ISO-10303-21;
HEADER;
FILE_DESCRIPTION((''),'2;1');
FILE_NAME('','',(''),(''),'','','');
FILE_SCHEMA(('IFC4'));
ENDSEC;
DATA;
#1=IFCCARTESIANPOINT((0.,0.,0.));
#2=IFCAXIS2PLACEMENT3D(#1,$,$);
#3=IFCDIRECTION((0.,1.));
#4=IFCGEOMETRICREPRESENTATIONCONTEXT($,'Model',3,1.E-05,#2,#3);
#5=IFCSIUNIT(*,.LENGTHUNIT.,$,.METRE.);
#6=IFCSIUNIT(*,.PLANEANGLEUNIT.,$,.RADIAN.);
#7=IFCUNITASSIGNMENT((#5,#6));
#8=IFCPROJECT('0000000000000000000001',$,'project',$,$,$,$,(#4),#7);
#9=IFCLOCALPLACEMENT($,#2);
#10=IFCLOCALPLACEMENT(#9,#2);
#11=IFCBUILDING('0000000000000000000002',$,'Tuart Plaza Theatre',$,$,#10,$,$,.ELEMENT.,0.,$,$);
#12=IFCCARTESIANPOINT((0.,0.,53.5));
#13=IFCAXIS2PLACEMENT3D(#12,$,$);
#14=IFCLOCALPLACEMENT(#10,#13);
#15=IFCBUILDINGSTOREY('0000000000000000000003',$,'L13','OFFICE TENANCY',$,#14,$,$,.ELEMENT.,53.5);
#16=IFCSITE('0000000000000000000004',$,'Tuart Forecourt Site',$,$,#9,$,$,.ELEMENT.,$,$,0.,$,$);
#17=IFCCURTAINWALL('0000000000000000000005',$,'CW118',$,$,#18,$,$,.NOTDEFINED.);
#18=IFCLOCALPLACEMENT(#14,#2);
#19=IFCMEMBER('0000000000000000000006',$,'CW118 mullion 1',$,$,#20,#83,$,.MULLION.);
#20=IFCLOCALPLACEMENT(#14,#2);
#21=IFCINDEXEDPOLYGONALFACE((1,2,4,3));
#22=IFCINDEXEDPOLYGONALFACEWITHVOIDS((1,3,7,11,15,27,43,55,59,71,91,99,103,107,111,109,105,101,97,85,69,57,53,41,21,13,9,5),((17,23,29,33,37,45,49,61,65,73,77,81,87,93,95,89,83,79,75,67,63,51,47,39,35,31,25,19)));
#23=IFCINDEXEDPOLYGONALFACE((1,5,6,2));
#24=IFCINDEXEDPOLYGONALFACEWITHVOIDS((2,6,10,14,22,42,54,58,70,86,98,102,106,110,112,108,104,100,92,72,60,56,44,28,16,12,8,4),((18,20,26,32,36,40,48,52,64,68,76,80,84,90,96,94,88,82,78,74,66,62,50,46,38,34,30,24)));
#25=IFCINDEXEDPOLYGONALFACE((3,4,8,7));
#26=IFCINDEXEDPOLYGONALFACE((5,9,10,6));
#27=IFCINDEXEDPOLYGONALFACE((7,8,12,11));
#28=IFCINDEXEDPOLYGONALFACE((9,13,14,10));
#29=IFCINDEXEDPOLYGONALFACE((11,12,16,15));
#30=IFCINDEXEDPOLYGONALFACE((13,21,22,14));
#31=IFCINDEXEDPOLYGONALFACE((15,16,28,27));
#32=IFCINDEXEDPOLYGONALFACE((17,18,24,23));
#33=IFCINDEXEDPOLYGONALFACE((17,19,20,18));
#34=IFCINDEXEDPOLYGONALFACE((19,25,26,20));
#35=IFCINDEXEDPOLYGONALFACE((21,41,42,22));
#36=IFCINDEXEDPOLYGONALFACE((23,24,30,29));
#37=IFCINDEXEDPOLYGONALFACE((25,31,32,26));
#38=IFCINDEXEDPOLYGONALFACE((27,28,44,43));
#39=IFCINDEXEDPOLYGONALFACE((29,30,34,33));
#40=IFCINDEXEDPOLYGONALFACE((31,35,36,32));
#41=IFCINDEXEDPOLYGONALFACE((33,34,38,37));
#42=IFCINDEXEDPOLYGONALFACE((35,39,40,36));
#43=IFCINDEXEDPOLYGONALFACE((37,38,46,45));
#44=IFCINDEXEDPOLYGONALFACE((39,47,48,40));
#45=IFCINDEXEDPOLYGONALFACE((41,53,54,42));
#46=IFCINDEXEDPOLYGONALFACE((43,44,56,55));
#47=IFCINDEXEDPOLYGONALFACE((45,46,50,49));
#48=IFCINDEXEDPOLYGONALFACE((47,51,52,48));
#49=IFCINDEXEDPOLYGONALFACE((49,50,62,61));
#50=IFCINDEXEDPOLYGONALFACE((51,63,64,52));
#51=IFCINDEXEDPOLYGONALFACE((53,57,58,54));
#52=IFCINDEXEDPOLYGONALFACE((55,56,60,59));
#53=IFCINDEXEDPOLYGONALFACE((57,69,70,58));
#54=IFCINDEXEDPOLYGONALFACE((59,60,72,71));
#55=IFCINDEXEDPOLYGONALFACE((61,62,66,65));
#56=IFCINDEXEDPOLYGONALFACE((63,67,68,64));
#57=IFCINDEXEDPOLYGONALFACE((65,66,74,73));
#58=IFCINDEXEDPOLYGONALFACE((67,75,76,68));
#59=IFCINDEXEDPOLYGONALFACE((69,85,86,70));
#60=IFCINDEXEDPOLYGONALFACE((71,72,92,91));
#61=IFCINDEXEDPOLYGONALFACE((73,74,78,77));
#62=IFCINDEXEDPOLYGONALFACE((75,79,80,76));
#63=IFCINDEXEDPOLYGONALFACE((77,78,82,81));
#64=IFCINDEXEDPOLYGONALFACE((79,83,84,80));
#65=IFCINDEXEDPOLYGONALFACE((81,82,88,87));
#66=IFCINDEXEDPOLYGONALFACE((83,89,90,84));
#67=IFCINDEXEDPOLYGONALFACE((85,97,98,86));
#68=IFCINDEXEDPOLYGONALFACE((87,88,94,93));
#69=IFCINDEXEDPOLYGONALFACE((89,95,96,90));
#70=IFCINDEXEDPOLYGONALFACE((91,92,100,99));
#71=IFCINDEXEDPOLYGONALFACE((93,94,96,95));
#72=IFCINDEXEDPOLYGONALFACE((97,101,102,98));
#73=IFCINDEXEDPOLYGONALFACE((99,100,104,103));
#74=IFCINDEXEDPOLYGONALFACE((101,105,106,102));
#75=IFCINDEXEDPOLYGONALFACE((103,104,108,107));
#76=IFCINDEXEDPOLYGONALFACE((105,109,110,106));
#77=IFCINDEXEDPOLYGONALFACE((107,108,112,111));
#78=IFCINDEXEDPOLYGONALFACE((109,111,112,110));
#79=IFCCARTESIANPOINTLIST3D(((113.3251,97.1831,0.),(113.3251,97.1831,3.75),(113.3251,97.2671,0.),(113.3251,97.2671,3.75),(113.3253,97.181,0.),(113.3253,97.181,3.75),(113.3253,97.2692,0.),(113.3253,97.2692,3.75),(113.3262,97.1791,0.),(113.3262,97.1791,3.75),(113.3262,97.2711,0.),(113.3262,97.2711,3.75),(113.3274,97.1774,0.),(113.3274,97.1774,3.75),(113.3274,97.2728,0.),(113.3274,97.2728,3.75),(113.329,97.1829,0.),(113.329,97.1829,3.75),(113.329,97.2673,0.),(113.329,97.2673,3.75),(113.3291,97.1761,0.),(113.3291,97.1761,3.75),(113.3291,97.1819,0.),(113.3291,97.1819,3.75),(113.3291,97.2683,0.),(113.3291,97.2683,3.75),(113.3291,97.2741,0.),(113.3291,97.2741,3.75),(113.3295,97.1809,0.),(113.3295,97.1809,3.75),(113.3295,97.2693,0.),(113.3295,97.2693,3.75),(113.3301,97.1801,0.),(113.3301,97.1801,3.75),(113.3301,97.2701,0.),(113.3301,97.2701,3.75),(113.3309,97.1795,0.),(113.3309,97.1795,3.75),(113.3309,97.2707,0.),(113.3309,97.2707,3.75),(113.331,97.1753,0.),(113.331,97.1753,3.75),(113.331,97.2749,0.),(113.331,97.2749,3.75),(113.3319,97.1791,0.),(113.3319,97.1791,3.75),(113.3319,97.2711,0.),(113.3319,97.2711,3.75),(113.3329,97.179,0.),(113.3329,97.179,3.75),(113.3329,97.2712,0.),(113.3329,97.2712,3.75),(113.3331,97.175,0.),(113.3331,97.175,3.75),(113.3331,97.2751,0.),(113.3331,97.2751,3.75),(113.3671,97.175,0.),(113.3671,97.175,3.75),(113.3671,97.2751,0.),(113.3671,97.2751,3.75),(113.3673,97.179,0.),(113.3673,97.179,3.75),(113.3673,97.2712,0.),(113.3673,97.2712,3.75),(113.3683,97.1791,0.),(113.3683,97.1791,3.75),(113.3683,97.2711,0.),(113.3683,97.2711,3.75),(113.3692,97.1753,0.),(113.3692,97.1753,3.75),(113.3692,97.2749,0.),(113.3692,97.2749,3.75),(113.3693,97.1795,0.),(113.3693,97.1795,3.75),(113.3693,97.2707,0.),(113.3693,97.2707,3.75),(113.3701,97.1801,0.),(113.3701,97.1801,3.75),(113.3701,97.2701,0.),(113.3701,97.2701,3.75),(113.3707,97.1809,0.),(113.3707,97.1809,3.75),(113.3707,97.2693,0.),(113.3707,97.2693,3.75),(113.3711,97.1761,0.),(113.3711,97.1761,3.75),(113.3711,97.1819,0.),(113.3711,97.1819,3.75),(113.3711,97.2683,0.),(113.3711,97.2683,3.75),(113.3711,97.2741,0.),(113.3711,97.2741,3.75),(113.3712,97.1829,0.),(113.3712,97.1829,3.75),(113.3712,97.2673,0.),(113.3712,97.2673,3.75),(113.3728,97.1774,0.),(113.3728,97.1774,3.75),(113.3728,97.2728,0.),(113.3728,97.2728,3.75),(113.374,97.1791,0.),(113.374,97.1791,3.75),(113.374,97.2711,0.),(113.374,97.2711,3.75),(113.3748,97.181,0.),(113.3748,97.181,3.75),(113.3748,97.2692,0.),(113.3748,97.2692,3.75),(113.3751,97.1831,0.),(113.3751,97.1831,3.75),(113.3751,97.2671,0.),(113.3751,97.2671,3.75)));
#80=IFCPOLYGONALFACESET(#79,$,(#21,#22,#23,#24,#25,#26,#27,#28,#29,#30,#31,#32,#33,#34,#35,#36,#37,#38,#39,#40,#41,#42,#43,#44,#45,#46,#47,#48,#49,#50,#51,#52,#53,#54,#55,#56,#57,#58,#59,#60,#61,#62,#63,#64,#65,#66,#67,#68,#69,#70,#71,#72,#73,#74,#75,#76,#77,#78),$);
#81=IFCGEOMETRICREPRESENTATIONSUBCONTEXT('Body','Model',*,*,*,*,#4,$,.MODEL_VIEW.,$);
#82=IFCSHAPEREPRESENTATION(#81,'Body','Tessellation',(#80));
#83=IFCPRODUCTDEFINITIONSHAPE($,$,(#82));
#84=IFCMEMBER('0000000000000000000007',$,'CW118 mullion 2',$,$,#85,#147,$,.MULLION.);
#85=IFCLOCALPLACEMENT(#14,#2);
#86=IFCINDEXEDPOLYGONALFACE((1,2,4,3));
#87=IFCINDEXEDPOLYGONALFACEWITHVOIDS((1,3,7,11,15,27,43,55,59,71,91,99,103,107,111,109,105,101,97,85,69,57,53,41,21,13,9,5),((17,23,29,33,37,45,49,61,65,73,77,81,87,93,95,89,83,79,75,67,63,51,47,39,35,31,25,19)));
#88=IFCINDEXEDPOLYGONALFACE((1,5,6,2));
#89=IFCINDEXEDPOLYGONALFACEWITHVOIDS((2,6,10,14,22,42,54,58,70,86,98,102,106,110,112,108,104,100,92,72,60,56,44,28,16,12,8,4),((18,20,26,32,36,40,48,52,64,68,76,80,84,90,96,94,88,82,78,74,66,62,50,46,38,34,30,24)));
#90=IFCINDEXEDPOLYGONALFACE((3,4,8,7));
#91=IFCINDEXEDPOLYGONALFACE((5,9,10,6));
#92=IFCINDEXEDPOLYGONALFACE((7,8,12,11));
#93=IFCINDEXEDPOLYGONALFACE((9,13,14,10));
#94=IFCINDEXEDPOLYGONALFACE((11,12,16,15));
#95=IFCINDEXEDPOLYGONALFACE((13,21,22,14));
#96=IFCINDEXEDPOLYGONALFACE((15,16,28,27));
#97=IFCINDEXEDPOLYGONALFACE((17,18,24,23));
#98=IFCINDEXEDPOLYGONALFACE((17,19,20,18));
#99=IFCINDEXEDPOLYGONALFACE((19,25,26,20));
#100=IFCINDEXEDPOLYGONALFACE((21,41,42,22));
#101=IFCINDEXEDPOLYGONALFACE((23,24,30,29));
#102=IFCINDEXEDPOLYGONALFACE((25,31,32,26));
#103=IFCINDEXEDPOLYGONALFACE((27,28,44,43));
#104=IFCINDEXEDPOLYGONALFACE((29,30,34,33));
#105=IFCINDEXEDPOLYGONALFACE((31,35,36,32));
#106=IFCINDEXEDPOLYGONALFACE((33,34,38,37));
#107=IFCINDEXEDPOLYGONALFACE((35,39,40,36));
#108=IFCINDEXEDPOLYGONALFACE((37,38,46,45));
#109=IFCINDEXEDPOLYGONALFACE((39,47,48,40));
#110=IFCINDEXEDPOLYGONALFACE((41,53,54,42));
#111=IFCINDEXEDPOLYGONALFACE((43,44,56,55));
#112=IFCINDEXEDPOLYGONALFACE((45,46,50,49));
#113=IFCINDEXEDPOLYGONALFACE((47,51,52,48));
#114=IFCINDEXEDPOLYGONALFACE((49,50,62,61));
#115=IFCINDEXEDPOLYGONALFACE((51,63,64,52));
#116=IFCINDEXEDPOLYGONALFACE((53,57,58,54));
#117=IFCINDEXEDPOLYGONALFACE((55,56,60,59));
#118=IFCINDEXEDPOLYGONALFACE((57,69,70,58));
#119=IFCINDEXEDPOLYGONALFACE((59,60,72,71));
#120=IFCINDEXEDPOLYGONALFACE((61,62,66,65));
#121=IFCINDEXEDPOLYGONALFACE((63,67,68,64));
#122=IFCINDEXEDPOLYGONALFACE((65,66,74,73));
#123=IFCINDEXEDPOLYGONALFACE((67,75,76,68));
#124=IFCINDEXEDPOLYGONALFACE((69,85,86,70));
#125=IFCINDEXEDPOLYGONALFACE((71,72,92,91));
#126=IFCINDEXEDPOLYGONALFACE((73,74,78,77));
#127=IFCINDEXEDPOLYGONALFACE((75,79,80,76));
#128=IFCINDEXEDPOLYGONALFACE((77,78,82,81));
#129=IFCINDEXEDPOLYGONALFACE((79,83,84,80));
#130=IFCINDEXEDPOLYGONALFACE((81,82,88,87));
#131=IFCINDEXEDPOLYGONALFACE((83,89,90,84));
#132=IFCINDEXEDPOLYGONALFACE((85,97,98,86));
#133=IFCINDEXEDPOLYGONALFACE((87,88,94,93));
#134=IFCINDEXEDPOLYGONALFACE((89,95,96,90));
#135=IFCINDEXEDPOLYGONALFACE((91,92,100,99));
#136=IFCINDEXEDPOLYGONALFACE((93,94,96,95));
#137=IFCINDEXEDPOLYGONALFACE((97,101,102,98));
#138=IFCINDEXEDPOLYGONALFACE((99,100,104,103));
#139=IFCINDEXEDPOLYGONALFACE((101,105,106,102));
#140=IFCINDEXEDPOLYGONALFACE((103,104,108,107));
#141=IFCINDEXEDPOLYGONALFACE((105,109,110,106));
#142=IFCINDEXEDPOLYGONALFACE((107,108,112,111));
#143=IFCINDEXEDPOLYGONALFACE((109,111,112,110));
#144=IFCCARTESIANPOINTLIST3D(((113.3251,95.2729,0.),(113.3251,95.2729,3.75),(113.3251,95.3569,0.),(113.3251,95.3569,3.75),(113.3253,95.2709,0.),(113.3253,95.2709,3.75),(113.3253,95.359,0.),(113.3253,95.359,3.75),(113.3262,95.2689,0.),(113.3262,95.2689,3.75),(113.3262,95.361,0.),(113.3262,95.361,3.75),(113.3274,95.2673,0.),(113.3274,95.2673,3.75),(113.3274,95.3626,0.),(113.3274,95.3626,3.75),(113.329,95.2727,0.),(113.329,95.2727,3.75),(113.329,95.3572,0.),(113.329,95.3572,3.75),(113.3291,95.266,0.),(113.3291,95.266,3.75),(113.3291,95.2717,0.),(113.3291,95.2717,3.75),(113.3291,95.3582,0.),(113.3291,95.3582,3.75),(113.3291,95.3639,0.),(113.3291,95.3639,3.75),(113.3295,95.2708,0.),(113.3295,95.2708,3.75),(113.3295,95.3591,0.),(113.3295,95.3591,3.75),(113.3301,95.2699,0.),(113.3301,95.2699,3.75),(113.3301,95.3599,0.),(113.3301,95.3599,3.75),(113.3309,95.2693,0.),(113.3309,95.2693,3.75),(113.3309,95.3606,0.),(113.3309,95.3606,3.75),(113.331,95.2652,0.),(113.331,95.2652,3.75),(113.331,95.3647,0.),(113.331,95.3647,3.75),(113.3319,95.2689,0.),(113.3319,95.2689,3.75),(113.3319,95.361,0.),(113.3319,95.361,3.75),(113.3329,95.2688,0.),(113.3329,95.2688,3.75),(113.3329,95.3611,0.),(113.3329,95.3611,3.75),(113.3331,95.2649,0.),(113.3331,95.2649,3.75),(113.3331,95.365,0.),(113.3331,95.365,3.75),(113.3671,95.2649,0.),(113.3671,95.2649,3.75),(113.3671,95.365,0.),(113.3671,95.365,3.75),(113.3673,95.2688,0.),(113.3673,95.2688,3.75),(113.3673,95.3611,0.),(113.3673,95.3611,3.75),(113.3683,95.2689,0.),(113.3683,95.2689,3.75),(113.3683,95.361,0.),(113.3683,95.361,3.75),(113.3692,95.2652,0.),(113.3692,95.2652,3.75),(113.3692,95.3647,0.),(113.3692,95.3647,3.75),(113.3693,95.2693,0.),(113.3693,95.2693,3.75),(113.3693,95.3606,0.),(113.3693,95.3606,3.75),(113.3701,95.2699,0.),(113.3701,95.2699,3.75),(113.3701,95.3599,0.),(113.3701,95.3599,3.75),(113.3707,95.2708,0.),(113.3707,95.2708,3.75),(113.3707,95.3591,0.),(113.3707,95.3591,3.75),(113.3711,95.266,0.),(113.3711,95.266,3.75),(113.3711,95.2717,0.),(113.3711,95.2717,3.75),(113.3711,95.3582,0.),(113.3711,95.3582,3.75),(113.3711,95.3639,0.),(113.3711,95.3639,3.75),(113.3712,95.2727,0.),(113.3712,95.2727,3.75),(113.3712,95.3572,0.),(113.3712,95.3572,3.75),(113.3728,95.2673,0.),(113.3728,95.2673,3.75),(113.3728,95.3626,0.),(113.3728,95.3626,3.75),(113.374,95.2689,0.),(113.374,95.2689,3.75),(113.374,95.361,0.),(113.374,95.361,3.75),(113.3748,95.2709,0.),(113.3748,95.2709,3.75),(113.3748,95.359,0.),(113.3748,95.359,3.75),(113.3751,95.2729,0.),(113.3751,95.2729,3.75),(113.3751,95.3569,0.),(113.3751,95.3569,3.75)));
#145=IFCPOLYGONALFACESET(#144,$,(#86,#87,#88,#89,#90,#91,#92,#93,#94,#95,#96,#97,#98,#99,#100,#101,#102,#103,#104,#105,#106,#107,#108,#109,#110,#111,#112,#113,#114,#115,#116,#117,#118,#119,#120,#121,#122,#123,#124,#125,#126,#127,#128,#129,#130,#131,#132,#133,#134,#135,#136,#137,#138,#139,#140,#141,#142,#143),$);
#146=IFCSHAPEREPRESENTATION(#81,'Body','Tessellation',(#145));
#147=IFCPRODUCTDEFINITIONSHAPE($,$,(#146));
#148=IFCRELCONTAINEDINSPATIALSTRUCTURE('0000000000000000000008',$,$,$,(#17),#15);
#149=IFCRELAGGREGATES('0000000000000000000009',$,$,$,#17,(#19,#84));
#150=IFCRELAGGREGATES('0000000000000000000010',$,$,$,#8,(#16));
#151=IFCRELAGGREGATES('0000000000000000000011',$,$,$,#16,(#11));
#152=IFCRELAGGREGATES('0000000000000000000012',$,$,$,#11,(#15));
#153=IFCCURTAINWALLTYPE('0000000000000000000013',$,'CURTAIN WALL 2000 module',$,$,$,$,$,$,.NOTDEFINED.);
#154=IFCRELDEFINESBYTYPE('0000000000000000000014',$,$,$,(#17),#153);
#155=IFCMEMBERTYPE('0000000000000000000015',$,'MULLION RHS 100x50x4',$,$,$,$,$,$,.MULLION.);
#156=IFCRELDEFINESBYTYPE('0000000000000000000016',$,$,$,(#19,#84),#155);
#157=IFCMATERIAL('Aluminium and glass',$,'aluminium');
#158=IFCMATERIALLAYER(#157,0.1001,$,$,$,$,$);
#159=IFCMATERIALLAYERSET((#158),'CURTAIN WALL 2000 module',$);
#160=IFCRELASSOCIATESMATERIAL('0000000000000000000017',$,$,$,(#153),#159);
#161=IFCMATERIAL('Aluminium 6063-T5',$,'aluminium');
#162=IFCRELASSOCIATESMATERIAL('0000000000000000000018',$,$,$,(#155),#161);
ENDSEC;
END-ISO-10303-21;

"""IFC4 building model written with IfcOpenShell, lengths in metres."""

from ifc_helpers import new_model, si_unit, direction, frame, origin, origin_2d, place, context, subcontext, project, spatial, hollow_rectangle, extrude, material, layer, layer_set, material_profile, profile_set, type_object, element, aggregate, save


model = new_model("IFC4")

# Units and contexts
model_context = context("Model", 3, precision=1e-05, world=origin(), true_north=direction((0.0, 1.0)))
body_context = subcontext(model_context, "Body", "Model", "MODEL_VIEW")
ifc_project = project(units=[si_unit("LENGTHUNIT", "METRE"), si_unit("PLANEANGLEUNIT", "RADIAN")], contexts=[model_context])

# Site, building, storey
site_placement = place(None, origin())
site = spatial("IfcSite", under=ifc_project, at=site_placement, Name="Tuart Forecourt Site", CompositionType="ELEMENT", RefElevation=0.0)
building_placement = place(site_placement, origin())
building = spatial("IfcBuilding", under=site, at=building_placement, Name="Tuart Plaza Theatre", CompositionType="ELEMENT", ElevationOfRefHeight=0.0)
storey_placement = place(building_placement, frame((0.0, 0.0, 53.5)))
storey = spatial("IfcBuildingStorey", under=building, at=storey_placement, Name="L13", Description="OFFICE TENANCY", CompositionType="ELEMENT", Elevation=53.5)

# Curtain wall, members
ifc_material_1 = material(Name="Aluminium and glass", Category="aluminium")
ifc_layer_1 = layer(ifc_material_1, 0.1001)
ifc_layer_set_1 = layer_set([ifc_layer_1], Name="CURTAIN WALL 2000 module")
curtain_wall_type = type_object("IfcCurtainWallType", Name="CURTAIN WALL 2000 module", PredefinedType="NOTDEFINED", material=ifc_layer_set_1)
curtain_wall_placement = place(storey_placement, origin())
curtain_wall = element("IfcCurtainWall", 1, at=curtain_wall_placement, inside=storey, type_object=curtain_wall_type, Name="CW118", PredefinedType="NOTDEFINED")
ifc_material_2 = material(Name="Aluminium 6063-T5", Category="aluminium")
ifc_material_profile_1 = material_profile(ifc_material_2, hollow_rectangle(XDim=0.05, YDim=0.1001, WallThickness=0.0039, InnerFilletRadius=0.0039, OuterFilletRadius=0.0081, at=origin_2d()), Name="RHS 100x50x4")
ifc_profile_set_1 = profile_set([ifc_material_profile_1], Name="Aluminium 6063-T5")
member_type_1 = type_object("IfcMemberType", Name="MULLION RHS 100x50x4", PredefinedType="MULLION", material=ifc_profile_set_1)
member_1_placement = place(storey_placement, frame((113.3501, 97.2251, 0.0), z_axis=(0.0, 0.0, 1.0), x_axis=(1.0, 0.0, 0.0)))
member_1 = element("IfcMember", 2, at=member_1_placement, type_object=member_type_1, Name="CW118 mullion 1", PredefinedType="MULLION", context=body_context, shape_type="SweptSolid", body=[
    extrude(hollow_rectangle(XDim=0.05, YDim=0.1001, WallThickness=0.0039, InnerFilletRadius=0.0039, OuterFilletRadius=0.0081, at=origin_2d()), origin(), (0.0, 0.0, 1.0), 3.75),
])
member_2_placement = place(storey_placement, frame((113.3501, 95.3149, 0.0), z_axis=(0.0, 0.0, 1.0), x_axis=(1.0, 0.0, 0.0)))
member_2 = element("IfcMember", 3, at=member_2_placement, type_object=member_type_1, Name="CW118 mullion 2", PredefinedType="MULLION", context=body_context, shape_type="SweptSolid", body=[
    extrude(hollow_rectangle(XDim=0.05, YDim=0.1001, WallThickness=0.0039, InnerFilletRadius=0.0039, OuterFilletRadius=0.0081, at=origin_2d()), origin(), (0.0, 0.0, 1.0), 3.75),
])
aggregate(curtain_wall, [member_1, member_2])

save(model, "model.ifc")
